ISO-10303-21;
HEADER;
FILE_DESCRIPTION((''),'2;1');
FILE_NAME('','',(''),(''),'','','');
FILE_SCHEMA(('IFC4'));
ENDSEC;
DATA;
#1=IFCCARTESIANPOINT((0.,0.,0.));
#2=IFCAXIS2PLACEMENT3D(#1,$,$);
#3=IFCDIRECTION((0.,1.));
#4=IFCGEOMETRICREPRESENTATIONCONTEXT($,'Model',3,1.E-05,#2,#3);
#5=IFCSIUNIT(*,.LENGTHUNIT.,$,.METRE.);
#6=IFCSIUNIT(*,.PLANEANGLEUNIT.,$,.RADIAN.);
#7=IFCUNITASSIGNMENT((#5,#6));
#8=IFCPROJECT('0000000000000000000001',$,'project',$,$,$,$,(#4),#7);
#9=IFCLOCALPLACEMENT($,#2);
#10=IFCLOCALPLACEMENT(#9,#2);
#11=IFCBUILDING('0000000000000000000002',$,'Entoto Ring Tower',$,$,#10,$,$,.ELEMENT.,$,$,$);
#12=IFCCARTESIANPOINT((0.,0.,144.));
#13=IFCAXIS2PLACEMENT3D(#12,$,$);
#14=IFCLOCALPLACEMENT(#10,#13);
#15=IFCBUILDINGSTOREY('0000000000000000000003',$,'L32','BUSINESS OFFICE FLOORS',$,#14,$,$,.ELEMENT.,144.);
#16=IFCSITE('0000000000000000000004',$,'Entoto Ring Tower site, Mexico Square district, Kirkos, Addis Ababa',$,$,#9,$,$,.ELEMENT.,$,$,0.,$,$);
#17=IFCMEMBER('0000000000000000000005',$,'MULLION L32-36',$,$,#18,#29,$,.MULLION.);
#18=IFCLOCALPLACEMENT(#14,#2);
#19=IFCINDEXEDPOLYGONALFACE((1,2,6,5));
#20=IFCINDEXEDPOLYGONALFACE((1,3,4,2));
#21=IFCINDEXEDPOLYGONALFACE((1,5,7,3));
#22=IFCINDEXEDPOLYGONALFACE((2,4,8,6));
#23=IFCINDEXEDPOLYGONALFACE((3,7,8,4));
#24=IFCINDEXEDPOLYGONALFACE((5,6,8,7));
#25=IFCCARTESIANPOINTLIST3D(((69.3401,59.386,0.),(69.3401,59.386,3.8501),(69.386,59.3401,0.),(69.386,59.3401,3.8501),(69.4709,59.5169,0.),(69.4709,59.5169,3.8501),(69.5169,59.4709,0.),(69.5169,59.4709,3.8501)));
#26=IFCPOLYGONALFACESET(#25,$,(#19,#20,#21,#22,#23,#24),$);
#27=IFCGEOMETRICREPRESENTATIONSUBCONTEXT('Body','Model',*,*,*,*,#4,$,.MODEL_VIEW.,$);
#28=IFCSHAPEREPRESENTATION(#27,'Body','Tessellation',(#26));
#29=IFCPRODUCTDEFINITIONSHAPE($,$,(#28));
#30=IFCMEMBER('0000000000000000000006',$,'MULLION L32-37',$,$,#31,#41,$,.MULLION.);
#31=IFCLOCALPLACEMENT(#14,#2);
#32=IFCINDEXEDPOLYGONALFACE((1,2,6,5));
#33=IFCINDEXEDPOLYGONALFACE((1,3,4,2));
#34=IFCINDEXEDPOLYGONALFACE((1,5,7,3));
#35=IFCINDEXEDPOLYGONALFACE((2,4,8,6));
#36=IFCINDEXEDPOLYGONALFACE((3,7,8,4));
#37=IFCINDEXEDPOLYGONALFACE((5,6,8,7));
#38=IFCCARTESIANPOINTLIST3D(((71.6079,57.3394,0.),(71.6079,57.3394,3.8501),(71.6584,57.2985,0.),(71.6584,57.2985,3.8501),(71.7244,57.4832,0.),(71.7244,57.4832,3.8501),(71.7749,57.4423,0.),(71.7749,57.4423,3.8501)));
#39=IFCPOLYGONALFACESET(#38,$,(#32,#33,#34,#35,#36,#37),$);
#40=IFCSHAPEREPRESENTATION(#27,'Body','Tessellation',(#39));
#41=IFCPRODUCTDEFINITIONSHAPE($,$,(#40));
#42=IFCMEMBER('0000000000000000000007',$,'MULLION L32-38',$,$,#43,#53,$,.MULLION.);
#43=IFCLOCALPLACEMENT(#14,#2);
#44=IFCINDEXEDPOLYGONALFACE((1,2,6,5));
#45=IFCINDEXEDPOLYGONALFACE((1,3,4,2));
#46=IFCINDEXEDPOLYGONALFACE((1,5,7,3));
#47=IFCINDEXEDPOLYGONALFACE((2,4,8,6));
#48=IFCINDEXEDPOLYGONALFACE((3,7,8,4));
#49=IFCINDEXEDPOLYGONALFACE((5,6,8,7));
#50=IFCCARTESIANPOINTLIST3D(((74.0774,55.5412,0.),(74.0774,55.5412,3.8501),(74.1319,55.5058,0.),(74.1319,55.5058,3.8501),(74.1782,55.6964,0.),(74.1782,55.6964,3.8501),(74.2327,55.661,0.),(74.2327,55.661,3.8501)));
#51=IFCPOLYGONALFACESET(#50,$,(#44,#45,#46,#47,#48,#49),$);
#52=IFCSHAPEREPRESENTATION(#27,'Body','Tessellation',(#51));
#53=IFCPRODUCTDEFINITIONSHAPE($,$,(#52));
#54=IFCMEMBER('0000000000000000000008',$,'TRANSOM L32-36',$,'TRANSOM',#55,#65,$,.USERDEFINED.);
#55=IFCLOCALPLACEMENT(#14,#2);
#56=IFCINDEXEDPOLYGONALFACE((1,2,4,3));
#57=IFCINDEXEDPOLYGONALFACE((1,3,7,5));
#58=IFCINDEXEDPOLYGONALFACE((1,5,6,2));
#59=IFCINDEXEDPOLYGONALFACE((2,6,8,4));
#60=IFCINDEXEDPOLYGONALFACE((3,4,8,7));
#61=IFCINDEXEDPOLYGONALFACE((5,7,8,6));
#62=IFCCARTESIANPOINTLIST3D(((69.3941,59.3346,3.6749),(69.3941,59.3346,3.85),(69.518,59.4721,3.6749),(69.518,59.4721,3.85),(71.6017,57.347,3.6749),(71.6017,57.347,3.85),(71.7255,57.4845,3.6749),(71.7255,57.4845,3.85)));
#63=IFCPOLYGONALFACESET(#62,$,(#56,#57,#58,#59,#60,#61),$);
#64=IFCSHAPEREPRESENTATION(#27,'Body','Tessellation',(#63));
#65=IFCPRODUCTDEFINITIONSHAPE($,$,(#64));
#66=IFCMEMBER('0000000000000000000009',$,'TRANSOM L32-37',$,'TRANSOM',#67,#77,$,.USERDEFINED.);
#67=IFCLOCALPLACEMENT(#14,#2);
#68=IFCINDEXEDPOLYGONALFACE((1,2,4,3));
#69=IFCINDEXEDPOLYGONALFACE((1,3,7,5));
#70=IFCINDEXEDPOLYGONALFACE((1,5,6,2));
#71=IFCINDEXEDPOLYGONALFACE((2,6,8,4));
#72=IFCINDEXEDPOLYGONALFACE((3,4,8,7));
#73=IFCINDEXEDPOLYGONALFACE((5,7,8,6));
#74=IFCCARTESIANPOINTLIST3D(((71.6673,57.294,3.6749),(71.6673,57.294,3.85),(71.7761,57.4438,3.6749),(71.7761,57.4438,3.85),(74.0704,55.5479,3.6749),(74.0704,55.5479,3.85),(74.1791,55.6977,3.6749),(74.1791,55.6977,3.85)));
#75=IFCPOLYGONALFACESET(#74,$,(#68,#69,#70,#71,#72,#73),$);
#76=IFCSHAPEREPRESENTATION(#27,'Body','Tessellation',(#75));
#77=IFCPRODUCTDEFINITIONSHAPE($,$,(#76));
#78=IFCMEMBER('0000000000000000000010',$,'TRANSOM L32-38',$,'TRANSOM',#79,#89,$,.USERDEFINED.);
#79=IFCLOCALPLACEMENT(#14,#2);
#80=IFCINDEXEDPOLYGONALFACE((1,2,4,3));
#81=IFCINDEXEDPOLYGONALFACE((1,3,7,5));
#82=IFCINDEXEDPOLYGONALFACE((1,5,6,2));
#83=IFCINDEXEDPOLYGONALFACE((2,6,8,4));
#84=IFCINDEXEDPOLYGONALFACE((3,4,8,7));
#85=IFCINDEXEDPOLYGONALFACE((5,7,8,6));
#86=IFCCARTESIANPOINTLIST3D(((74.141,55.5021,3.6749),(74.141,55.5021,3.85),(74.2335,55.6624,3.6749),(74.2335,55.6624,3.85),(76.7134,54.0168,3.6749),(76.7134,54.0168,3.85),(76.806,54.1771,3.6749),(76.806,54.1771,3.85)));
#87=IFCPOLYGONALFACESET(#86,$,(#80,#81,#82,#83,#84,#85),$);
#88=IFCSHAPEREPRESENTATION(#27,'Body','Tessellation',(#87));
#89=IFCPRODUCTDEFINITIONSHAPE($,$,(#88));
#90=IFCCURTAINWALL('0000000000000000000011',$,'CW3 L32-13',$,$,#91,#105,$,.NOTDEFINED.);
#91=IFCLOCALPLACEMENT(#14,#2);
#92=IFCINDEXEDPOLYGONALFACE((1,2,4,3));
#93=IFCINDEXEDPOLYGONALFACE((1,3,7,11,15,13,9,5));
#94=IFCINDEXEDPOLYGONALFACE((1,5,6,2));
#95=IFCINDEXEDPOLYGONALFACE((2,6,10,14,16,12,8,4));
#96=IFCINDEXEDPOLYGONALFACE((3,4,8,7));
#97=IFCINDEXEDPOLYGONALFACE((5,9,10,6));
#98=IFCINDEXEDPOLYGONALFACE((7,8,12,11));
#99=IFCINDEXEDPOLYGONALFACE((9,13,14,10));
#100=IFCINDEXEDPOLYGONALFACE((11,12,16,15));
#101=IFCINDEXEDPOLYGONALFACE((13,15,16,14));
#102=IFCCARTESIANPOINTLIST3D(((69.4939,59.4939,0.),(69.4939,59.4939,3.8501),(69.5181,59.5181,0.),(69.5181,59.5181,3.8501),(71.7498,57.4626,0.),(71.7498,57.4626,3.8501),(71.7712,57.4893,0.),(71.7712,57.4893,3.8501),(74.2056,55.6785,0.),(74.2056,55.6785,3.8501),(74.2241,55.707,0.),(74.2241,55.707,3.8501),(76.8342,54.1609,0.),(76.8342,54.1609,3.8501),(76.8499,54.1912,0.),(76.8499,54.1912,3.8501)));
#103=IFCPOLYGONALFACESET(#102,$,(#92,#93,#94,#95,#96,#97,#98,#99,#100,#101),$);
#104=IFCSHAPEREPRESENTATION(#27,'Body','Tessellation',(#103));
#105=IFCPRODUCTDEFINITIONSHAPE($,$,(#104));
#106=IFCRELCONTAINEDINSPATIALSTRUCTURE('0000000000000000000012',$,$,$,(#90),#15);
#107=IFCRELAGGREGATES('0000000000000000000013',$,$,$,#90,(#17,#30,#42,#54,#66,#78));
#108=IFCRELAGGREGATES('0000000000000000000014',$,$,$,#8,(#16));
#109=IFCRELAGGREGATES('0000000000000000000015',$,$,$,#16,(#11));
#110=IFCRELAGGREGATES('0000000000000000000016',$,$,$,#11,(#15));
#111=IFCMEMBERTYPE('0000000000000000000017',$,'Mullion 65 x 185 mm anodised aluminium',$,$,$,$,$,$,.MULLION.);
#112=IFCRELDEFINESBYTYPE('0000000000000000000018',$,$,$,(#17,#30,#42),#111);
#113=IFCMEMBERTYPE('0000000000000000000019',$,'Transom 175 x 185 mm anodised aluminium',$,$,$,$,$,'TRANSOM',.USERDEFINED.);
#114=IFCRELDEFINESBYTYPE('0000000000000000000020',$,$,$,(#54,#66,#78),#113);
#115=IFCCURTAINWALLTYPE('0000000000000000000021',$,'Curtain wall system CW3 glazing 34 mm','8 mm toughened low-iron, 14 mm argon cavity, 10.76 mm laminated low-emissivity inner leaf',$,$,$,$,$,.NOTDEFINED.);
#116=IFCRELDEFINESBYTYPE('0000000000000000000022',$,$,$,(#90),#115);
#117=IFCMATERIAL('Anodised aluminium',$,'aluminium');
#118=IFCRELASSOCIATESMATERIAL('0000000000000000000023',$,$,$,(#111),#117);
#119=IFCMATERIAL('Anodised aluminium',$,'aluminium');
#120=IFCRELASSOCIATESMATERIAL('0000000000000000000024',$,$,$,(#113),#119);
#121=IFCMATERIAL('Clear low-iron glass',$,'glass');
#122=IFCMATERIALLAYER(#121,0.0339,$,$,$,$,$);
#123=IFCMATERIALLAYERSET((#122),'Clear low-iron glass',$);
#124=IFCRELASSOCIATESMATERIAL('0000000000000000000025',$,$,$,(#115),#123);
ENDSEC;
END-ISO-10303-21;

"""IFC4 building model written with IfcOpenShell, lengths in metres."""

from ifc_helpers import new_model, si_unit, direction, frame, origin, origin_2d, place, context, subcontext, project, spatial, polyline, rectangle, outline, extrude, material, layer, layer_set, material_profile, profile_set, type_object, element, aggregate, save


model = new_model("IFC4")

# Units and contexts
model_context = context("Model", 3, precision=1e-05, world=origin(), true_north=direction((0.0, 1.0)))
body_context = subcontext(model_context, "Body", "Model", "MODEL_VIEW")
ifc_project = project(units=[si_unit("LENGTHUNIT", "METRE"), si_unit("PLANEANGLEUNIT", "RADIAN")], contexts=[model_context])

# Members
ifc_material_1 = material(Name="Anodised aluminium", Category="aluminium")
ifc_material_profile_1 = material_profile(ifc_material_1, rectangle(XDim=0.0649, YDim=0.1851, at=origin_2d()), Name="Mullion 65 x 185 mm anodised aluminium")
ifc_profile_set_1 = profile_set([ifc_material_profile_1], Name="Anodised aluminium")
member_type_1 = type_object("IfcMemberType", Name="Mullion 65 x 185 mm anodised aluminium", PredefinedType="MULLION", material=ifc_profile_set_1)
site_placement = place(None, origin())
building_placement = place(site_placement, origin())
storey_placement = place(building_placement, frame((0.0, 0.0, 144.0)))
member_1_placement = place(storey_placement, frame((69.4285, 59.4285, 0.0), z_axis=(0.0, 0.0, 1.0), x_axis=(0.707107, -0.707107, 0.0)))
member_1 = element("IfcMember", 1, at=member_1_placement, type_object=member_type_1, Name="MULLION L32-36", PredefinedType="MULLION", context=body_context, shape_type="SweptSolid", body=[
    extrude(rectangle(XDim=0.0649, YDim=0.1851, at=origin_2d()), origin(), (0.0, 0.0, 1.0), 3.8501),
])
member_2_placement = place(storey_placement, frame((71.6914, 57.3909, 0.0), z_axis=(0.0, 0.0, 1.0), x_axis=(0.777146, -0.62932, 0.0)))
member_2 = element("IfcMember", 2, at=member_2_placement, type_object=member_type_1, Name="MULLION L32-37", PredefinedType="MULLION", context=body_context, shape_type="SweptSolid", body=[
    extrude(rectangle(XDim=0.0649, YDim=0.1851, at=origin_2d()), origin(), (0.0, 0.0, 1.0), 3.8501),
])
member_3_placement = place(storey_placement, frame((74.155, 55.6011, 0.0), z_axis=(0.0, 0.0, 1.0), x_axis=(0.838671, -0.544639, 0.0)))
member_3 = element("IfcMember", 3, at=member_3_placement, type_object=member_type_1, Name="MULLION L32-38", PredefinedType="MULLION", context=body_context, shape_type="SweptSolid", body=[
    extrude(rectangle(XDim=0.0649, YDim=0.1851, at=origin_2d()), origin(), (0.0, 0.0, 1.0), 3.8501),
])
ifc_material_2 = material(Name="Anodised aluminium", Category="aluminium")
ifc_material_profile_2 = material_profile(ifc_material_2, rectangle(XDim=0.1851, YDim=0.175, at=origin_2d()), Name="Transom 175 x 185 mm anodised aluminium")
ifc_profile_set_2 = profile_set([ifc_material_profile_2], Name="Anodised aluminium")
member_type_2 = type_object("IfcMemberType", Name="Transom 175 x 185 mm anodised aluminium", ElementType="TRANSOM", PredefinedType="USERDEFINED", material=ifc_profile_set_2)
member_4_placement = place(storey_placement, frame((69.4561, 59.4033, 3.7625), z_axis=(0.743163, -0.66911, 0.0), x_axis=(0.66911, 0.743163, 0.0)))
member_4 = element("IfcMember", 4, at=member_4_placement, type_object=member_type_2, Name="TRANSOM L32-36", ObjectType="TRANSOM", PredefinedType="USERDEFINED", context=body_context, shape_type="SweptSolid", body=[
    extrude(rectangle(XDim=0.1851, YDim=0.175, at=origin_2d()), origin(), (0.0, 0.0, 1.0), 2.9705),
])
member_5_placement = place(storey_placement, frame((71.7217, 57.3689, 3.7625), z_axis=(0.808992, -0.58782, 0.0), x_axis=(0.58782, 0.808992, 0.0)))
member_5 = element("IfcMember", 5, at=member_5_placement, type_object=member_type_2, Name="TRANSOM L32-37", ObjectType="TRANSOM", PredefinedType="USERDEFINED", context=body_context, shape_type="SweptSolid", body=[
    extrude(rectangle(XDim=0.1851, YDim=0.175, at=origin_2d()), origin(), (0.0, 0.0, 1.0), 2.9705),
])
member_6_placement = place(storey_placement, frame((74.1873, 55.5823, 3.7625), z_axis=(0.866009, -0.500028, 0.0), x_axis=(0.500028, 0.866009, 0.0)))
member_6 = element("IfcMember", 6, at=member_6_placement, type_object=member_type_2, Name="TRANSOM L32-38", ObjectType="TRANSOM", PredefinedType="USERDEFINED", context=body_context, shape_type="SweptSolid", body=[
    extrude(rectangle(XDim=0.1851, YDim=0.175, at=origin_2d()), origin(), (0.0, 0.0, 1.0), 2.9705),
])

# Site, building, storey
site = spatial("IfcSite", under=ifc_project, at=site_placement, Name="Entoto Ring Tower site, Mexico Square district, Kirkos, Addis Ababa", CompositionType="ELEMENT", RefElevation=0.0)
building = spatial("IfcBuilding", under=site, at=building_placement, Name="Entoto Ring Tower", CompositionType="ELEMENT")
storey = spatial("IfcBuildingStorey", under=building, at=storey_placement, Name="L32", Description="BUSINESS OFFICE FLOORS", CompositionType="ELEMENT", Elevation=144.0)

# Curtain wall
ifc_material_3 = material(Name="Clear low-iron glass", Category="glass")
ifc_layer = layer(ifc_material_3, 0.0339)
ifc_layer_set = layer_set([ifc_layer], Name="Clear low-iron glass")
curtain_wall_type = type_object("IfcCurtainWallType", Name="Curtain wall system CW3 glazing 34 mm", Description="8 mm toughened low-iron, 14 mm argon cavity, 10.76 mm laminated low-emissivity inner leaf", PredefinedType="NOTDEFINED", material=ifc_layer_set)
curtain_wall_1_placement = place(storey_placement, origin())
curtain_wall_1 = element("IfcCurtainWall", 7, at=curtain_wall_1_placement, inside=storey, type_object=curtain_wall_type, Name="CW3 L32-13", PredefinedType="NOTDEFINED", context=body_context, shape_type="SweptSolid", body=[
    extrude(outline(polyline([(69.4939, 59.4939), (71.7498, 57.4626), (74.2056, 55.6785), (76.8342, 54.1609), (76.8499, 54.1912), (74.2241, 55.707), (71.7712, 57.4893), (69.5181, 59.5181), (69.4939, 59.4939)])), origin(), (0.0, 0.0, 1.0), 3.8501),
])
aggregate(curtain_wall_1, [member_1, member_2, member_3, member_4, member_5, member_6])

save(model, "model.ifc")
